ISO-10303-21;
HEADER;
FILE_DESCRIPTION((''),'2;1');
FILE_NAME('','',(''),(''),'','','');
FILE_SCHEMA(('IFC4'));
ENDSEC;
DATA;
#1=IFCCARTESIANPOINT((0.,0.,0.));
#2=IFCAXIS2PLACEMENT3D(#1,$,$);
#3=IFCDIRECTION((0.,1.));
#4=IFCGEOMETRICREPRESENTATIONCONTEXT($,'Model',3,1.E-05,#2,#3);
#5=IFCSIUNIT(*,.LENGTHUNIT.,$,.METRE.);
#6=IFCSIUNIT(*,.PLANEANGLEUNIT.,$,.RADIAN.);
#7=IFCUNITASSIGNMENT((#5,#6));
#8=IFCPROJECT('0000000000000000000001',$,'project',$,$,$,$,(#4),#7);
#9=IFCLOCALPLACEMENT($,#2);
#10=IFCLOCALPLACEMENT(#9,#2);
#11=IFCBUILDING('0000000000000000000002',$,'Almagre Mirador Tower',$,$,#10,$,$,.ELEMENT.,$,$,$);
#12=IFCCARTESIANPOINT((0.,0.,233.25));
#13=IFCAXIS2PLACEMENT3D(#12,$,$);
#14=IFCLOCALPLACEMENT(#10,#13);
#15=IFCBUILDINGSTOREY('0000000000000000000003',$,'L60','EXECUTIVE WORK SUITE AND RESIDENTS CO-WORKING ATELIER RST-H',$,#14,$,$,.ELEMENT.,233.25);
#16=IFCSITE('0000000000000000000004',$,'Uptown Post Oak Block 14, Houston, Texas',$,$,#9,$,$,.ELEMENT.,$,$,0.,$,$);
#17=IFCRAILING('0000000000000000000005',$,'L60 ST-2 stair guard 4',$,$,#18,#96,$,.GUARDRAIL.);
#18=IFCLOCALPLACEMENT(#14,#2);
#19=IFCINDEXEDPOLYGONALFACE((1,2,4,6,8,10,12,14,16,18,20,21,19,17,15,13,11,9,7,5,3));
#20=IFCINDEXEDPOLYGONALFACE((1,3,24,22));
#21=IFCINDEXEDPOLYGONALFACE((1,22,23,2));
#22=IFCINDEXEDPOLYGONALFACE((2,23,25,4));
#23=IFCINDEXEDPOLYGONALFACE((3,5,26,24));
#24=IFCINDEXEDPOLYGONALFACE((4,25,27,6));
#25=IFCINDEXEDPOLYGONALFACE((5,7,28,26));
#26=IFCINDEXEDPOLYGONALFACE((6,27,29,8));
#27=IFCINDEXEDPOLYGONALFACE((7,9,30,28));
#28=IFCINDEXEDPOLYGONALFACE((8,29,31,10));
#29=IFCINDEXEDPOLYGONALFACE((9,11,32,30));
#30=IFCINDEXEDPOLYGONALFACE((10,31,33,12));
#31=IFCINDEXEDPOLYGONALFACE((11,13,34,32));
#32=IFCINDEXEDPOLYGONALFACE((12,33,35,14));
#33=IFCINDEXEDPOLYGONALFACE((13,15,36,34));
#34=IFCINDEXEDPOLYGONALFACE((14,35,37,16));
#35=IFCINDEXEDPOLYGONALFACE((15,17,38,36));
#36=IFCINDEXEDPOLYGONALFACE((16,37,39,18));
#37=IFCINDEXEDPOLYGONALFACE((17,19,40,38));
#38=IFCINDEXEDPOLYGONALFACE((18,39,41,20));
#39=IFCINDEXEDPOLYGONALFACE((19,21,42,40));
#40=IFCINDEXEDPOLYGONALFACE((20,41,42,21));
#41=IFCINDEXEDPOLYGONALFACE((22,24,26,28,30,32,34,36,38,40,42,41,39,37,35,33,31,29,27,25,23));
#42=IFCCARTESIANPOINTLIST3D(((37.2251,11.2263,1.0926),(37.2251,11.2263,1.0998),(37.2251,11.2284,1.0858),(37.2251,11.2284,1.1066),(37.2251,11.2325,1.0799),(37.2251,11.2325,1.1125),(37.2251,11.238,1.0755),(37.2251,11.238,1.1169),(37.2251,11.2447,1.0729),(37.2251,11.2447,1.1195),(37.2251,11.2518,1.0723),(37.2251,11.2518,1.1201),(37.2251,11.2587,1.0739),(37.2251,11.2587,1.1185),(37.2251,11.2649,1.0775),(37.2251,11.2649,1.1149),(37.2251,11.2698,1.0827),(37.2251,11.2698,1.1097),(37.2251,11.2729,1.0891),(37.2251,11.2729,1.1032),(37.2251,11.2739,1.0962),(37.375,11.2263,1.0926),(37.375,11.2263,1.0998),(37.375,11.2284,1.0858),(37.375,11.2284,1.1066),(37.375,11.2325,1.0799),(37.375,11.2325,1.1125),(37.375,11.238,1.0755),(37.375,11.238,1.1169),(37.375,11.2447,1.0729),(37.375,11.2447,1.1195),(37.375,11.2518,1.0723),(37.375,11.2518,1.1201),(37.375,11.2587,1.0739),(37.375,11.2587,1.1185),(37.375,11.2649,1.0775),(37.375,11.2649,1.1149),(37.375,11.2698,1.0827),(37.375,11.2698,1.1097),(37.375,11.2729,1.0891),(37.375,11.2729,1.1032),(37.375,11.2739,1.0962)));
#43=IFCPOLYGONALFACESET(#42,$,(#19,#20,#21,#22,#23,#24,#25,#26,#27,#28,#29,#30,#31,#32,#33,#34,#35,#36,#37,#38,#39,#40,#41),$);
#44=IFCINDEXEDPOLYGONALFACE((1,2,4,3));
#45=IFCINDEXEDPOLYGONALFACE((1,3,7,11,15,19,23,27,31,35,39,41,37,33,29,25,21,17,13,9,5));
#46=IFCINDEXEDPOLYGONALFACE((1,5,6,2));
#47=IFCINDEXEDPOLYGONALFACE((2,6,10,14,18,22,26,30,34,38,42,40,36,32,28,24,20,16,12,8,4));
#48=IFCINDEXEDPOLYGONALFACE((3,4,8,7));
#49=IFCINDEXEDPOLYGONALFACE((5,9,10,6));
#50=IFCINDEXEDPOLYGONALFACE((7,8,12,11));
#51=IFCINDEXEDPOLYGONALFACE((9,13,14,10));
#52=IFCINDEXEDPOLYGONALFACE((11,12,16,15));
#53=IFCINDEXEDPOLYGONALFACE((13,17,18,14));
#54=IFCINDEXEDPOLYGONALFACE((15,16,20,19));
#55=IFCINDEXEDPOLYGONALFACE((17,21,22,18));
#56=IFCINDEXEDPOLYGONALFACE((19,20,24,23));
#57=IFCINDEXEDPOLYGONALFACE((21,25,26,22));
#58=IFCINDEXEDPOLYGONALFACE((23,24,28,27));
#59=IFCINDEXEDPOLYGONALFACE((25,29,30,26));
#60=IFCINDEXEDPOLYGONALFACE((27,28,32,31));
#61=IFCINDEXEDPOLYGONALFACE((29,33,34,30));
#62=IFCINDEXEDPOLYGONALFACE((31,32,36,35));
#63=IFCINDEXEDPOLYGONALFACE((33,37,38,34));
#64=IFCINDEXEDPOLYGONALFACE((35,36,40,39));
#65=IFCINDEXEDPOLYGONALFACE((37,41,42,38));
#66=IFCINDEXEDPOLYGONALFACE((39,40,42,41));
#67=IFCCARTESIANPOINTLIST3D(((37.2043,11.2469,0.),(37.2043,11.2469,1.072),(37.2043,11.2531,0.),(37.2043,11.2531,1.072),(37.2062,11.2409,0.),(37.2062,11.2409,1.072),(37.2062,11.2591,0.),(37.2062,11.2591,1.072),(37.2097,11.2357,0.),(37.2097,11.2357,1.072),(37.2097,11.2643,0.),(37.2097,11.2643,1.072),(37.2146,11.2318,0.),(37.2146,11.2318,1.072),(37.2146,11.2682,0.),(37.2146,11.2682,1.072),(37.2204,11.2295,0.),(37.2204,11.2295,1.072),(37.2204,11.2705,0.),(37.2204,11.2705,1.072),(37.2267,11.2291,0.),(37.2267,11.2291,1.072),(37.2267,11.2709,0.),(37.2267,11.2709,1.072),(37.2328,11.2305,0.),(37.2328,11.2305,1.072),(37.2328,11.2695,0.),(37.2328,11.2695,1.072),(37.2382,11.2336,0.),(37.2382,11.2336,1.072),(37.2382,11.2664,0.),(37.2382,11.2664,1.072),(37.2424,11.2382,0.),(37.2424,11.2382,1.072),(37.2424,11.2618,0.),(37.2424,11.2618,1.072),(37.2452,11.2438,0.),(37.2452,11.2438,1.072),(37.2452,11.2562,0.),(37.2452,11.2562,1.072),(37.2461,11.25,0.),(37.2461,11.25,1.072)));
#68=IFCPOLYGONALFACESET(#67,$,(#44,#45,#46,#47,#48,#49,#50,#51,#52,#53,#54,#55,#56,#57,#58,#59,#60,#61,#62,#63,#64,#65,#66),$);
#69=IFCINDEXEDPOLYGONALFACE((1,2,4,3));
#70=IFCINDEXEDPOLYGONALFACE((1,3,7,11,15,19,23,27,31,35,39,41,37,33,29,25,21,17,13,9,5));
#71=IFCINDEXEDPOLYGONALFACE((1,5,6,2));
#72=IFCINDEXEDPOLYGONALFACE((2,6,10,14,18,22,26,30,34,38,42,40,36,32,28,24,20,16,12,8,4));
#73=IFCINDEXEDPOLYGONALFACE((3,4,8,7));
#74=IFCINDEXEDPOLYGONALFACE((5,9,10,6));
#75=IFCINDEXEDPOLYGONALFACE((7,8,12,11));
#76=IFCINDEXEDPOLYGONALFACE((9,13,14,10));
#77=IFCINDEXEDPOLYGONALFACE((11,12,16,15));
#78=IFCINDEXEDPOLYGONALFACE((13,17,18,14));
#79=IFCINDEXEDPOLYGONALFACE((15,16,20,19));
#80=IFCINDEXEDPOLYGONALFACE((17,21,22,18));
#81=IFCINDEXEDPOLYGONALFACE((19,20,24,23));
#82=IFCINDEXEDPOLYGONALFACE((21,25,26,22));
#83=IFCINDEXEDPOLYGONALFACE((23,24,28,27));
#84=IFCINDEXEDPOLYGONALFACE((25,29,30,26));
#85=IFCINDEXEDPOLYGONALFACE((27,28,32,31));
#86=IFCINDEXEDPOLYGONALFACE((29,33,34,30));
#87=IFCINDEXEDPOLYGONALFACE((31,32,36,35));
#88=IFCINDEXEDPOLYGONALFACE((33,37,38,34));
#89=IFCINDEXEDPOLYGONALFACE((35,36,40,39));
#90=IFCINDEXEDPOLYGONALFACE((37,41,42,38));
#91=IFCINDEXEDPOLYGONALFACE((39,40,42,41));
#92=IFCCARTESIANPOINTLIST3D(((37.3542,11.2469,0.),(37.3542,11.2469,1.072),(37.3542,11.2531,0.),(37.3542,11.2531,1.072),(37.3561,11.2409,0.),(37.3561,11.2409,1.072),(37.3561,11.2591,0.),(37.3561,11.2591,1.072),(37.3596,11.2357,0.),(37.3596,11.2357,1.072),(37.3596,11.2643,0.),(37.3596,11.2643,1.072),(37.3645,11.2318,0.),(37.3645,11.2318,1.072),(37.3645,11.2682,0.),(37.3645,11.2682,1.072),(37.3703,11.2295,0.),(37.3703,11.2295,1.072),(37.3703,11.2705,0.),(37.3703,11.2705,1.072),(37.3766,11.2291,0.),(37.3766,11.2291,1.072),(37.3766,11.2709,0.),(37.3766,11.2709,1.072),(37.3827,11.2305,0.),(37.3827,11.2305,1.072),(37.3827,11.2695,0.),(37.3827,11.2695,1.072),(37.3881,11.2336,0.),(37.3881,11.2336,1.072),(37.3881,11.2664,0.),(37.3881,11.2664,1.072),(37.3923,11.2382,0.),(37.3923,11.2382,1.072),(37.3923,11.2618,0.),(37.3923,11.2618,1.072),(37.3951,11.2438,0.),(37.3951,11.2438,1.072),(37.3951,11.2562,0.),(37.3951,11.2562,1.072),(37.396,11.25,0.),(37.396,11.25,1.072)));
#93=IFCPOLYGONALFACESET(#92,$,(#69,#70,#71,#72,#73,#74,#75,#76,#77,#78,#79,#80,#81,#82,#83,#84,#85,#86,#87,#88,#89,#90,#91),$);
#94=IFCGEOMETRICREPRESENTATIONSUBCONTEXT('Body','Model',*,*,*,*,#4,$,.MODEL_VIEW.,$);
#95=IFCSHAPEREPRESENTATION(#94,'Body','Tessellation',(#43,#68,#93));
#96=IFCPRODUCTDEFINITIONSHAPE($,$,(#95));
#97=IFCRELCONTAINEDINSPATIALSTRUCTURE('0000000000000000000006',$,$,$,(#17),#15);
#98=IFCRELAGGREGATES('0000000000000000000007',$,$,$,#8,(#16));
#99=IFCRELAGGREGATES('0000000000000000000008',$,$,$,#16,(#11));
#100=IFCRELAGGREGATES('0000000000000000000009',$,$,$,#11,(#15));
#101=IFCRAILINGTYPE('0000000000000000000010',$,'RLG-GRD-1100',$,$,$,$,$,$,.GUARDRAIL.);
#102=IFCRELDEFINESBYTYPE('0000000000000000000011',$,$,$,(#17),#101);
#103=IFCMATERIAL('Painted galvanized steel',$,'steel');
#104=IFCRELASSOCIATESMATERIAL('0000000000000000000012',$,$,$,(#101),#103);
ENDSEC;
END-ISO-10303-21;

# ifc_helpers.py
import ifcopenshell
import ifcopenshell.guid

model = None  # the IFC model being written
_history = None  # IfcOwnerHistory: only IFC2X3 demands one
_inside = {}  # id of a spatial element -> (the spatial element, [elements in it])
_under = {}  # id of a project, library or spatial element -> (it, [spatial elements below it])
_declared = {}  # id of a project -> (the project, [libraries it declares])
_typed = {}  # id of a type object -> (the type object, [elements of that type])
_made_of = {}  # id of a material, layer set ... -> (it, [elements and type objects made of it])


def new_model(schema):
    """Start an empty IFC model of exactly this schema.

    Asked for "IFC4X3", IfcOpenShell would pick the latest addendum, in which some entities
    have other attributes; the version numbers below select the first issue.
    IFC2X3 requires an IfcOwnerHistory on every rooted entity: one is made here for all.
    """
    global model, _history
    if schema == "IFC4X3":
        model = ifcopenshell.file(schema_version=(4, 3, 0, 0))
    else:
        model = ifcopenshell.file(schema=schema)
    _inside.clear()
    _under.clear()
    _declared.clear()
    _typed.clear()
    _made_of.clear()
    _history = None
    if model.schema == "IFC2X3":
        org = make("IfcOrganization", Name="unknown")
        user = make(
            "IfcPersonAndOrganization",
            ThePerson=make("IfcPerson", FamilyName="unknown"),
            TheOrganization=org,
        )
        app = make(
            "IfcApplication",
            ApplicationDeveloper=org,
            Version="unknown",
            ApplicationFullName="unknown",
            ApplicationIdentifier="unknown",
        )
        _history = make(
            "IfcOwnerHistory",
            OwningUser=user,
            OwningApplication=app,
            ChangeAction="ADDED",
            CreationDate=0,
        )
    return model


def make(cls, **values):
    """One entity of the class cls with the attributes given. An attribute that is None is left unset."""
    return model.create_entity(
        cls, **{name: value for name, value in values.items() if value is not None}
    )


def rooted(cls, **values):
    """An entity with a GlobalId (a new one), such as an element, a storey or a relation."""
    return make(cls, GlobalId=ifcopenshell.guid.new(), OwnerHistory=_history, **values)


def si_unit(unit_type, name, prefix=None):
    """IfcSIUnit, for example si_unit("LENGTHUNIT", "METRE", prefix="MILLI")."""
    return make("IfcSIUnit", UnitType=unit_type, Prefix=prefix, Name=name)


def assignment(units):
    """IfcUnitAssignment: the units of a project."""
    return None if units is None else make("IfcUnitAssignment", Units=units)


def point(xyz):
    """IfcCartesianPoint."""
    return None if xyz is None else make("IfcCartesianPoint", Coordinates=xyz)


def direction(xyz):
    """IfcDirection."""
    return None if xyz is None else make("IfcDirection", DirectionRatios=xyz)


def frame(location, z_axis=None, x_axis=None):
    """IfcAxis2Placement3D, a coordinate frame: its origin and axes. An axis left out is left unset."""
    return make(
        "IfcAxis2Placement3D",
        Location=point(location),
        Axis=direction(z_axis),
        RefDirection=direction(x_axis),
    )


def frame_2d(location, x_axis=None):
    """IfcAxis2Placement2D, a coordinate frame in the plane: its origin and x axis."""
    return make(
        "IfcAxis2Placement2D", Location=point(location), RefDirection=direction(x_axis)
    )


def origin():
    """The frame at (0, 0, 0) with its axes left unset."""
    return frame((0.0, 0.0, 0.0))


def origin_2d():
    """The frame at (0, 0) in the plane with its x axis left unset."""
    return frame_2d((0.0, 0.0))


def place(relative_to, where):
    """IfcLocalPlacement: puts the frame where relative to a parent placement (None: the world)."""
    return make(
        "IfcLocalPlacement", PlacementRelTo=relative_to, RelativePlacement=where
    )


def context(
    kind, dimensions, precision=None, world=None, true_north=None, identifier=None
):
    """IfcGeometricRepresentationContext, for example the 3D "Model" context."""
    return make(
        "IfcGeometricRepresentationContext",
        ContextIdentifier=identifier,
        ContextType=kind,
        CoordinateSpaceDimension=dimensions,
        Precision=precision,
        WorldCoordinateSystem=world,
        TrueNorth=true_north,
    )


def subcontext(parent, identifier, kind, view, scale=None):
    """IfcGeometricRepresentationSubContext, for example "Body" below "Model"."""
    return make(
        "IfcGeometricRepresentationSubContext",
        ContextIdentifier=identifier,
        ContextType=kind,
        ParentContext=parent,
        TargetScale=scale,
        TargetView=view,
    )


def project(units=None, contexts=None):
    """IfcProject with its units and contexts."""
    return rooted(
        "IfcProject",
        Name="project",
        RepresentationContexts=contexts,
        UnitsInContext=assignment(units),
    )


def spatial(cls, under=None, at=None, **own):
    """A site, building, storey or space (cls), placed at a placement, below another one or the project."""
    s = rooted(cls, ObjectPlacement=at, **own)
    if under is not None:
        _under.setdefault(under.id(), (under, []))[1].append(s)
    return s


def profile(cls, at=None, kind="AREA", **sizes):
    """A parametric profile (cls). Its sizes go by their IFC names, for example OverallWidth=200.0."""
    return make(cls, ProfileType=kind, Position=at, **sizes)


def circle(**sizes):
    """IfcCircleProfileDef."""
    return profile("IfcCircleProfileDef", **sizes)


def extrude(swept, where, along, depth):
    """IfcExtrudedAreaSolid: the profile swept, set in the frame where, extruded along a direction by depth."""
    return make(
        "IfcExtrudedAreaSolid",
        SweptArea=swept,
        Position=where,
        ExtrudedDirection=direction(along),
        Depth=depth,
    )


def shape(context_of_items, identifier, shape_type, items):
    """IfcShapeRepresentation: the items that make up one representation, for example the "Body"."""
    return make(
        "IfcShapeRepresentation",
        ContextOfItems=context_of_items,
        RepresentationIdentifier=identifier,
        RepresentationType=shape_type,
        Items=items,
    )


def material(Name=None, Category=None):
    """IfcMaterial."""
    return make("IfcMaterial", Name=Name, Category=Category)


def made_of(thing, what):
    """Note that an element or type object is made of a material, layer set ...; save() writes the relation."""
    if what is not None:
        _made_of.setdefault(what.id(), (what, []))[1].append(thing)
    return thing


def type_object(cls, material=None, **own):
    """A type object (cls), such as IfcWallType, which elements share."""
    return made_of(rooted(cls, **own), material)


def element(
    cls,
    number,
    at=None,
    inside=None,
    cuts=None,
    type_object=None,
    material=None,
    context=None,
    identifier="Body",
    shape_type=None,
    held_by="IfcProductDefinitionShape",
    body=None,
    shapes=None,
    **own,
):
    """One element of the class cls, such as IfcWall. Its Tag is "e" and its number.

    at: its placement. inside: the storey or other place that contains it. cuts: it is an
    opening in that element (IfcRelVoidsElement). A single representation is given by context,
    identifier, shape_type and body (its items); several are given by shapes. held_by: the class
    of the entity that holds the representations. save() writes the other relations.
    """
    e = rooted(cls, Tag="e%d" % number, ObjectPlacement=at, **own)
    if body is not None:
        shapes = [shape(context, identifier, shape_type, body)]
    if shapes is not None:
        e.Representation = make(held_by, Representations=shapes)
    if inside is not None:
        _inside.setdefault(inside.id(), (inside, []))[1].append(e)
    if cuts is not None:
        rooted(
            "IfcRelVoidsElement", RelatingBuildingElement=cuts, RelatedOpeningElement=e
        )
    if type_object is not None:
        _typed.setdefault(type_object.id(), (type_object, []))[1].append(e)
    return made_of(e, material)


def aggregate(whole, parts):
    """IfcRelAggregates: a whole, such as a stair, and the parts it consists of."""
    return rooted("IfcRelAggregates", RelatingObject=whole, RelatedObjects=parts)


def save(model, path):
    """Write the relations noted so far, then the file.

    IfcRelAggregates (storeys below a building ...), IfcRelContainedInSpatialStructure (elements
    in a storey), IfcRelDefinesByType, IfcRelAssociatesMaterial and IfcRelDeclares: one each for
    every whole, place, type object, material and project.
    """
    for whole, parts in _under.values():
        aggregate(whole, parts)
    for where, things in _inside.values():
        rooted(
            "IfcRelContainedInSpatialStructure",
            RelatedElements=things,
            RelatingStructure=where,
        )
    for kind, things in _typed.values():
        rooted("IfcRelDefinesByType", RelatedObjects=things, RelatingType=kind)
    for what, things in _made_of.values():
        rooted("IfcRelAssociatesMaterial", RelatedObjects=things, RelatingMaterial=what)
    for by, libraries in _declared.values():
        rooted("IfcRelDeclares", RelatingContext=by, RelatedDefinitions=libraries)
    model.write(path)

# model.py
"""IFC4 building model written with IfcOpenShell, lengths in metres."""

from ifc_helpers import new_model, si_unit, direction, frame, origin, origin_2d, place, context, subcontext, project, spatial, circle, extrude, material, type_object, element, save


model = new_model("IFC4")

# Units and contexts
model_context = context("Model", 3, precision=1e-05, world=origin(), true_north=direction((0.0, 1.0)))
body_context = subcontext(model_context, "Body", "Model", "MODEL_VIEW")
ifc_project = project(units=[si_unit("LENGTHUNIT", "METRE"), si_unit("PLANEANGLEUNIT", "RADIAN")], contexts=[model_context])

# Site, building, storey
site_placement = place(None, origin())
site = spatial("IfcSite", under=ifc_project, at=site_placement, Name="Uptown Post Oak Block 14, Houston, Texas", CompositionType="ELEMENT", RefElevation=0.0)
building_placement = place(site_placement, origin())
building = spatial("IfcBuilding", under=site, at=building_placement, Name="Almagre Mirador Tower", CompositionType="ELEMENT")
storey_placement = place(building_placement, frame((0.0, 0.0, 233.25)))
storey = spatial("IfcBuildingStorey", under=building, at=storey_placement, Name="L60", Description="EXECUTIVE WORK SUITE AND RESIDENTS CO-WORKING ATELIER RST-H", CompositionType="ELEMENT", Elevation=233.25)

# Railing
ifc_material_1 = material(Name="Painted galvanized steel", Category="steel")
railing_type_1 = type_object("IfcRailingType", Name="RLG-GRD-1100", PredefinedType="GUARDRAIL", material=ifc_material_1)
railing_1_placement = place(storey_placement, frame((37.2251, 11.25, 0.0)))
element("IfcRailing", 1, at=railing_1_placement, inside=storey, type_object=railing_type_1, Name="L60 ST-2 stair guard 4", PredefinedType="GUARDRAIL", context=body_context, shape_type="SweptSolid", body=[
    extrude(circle(Radius=0.0239, at=origin_2d()), frame((0.0, 0.0, 1.0962), z_axis=(1.0, 0.0, 0.0), x_axis=(0.0, 1.0, 0.0)), (0.0, 0.0, 1.0), 0.1499),
    extrude(circle(Radius=0.021, at=origin_2d()), origin(), (0.0, 0.0, 1.0), 1.072),
    extrude(circle(Radius=0.021, at=origin_2d()), frame((0.1499, 0.0, 0.0)), (0.0, 0.0, 1.0), 1.072),
])

save(model, "model.ifc")
